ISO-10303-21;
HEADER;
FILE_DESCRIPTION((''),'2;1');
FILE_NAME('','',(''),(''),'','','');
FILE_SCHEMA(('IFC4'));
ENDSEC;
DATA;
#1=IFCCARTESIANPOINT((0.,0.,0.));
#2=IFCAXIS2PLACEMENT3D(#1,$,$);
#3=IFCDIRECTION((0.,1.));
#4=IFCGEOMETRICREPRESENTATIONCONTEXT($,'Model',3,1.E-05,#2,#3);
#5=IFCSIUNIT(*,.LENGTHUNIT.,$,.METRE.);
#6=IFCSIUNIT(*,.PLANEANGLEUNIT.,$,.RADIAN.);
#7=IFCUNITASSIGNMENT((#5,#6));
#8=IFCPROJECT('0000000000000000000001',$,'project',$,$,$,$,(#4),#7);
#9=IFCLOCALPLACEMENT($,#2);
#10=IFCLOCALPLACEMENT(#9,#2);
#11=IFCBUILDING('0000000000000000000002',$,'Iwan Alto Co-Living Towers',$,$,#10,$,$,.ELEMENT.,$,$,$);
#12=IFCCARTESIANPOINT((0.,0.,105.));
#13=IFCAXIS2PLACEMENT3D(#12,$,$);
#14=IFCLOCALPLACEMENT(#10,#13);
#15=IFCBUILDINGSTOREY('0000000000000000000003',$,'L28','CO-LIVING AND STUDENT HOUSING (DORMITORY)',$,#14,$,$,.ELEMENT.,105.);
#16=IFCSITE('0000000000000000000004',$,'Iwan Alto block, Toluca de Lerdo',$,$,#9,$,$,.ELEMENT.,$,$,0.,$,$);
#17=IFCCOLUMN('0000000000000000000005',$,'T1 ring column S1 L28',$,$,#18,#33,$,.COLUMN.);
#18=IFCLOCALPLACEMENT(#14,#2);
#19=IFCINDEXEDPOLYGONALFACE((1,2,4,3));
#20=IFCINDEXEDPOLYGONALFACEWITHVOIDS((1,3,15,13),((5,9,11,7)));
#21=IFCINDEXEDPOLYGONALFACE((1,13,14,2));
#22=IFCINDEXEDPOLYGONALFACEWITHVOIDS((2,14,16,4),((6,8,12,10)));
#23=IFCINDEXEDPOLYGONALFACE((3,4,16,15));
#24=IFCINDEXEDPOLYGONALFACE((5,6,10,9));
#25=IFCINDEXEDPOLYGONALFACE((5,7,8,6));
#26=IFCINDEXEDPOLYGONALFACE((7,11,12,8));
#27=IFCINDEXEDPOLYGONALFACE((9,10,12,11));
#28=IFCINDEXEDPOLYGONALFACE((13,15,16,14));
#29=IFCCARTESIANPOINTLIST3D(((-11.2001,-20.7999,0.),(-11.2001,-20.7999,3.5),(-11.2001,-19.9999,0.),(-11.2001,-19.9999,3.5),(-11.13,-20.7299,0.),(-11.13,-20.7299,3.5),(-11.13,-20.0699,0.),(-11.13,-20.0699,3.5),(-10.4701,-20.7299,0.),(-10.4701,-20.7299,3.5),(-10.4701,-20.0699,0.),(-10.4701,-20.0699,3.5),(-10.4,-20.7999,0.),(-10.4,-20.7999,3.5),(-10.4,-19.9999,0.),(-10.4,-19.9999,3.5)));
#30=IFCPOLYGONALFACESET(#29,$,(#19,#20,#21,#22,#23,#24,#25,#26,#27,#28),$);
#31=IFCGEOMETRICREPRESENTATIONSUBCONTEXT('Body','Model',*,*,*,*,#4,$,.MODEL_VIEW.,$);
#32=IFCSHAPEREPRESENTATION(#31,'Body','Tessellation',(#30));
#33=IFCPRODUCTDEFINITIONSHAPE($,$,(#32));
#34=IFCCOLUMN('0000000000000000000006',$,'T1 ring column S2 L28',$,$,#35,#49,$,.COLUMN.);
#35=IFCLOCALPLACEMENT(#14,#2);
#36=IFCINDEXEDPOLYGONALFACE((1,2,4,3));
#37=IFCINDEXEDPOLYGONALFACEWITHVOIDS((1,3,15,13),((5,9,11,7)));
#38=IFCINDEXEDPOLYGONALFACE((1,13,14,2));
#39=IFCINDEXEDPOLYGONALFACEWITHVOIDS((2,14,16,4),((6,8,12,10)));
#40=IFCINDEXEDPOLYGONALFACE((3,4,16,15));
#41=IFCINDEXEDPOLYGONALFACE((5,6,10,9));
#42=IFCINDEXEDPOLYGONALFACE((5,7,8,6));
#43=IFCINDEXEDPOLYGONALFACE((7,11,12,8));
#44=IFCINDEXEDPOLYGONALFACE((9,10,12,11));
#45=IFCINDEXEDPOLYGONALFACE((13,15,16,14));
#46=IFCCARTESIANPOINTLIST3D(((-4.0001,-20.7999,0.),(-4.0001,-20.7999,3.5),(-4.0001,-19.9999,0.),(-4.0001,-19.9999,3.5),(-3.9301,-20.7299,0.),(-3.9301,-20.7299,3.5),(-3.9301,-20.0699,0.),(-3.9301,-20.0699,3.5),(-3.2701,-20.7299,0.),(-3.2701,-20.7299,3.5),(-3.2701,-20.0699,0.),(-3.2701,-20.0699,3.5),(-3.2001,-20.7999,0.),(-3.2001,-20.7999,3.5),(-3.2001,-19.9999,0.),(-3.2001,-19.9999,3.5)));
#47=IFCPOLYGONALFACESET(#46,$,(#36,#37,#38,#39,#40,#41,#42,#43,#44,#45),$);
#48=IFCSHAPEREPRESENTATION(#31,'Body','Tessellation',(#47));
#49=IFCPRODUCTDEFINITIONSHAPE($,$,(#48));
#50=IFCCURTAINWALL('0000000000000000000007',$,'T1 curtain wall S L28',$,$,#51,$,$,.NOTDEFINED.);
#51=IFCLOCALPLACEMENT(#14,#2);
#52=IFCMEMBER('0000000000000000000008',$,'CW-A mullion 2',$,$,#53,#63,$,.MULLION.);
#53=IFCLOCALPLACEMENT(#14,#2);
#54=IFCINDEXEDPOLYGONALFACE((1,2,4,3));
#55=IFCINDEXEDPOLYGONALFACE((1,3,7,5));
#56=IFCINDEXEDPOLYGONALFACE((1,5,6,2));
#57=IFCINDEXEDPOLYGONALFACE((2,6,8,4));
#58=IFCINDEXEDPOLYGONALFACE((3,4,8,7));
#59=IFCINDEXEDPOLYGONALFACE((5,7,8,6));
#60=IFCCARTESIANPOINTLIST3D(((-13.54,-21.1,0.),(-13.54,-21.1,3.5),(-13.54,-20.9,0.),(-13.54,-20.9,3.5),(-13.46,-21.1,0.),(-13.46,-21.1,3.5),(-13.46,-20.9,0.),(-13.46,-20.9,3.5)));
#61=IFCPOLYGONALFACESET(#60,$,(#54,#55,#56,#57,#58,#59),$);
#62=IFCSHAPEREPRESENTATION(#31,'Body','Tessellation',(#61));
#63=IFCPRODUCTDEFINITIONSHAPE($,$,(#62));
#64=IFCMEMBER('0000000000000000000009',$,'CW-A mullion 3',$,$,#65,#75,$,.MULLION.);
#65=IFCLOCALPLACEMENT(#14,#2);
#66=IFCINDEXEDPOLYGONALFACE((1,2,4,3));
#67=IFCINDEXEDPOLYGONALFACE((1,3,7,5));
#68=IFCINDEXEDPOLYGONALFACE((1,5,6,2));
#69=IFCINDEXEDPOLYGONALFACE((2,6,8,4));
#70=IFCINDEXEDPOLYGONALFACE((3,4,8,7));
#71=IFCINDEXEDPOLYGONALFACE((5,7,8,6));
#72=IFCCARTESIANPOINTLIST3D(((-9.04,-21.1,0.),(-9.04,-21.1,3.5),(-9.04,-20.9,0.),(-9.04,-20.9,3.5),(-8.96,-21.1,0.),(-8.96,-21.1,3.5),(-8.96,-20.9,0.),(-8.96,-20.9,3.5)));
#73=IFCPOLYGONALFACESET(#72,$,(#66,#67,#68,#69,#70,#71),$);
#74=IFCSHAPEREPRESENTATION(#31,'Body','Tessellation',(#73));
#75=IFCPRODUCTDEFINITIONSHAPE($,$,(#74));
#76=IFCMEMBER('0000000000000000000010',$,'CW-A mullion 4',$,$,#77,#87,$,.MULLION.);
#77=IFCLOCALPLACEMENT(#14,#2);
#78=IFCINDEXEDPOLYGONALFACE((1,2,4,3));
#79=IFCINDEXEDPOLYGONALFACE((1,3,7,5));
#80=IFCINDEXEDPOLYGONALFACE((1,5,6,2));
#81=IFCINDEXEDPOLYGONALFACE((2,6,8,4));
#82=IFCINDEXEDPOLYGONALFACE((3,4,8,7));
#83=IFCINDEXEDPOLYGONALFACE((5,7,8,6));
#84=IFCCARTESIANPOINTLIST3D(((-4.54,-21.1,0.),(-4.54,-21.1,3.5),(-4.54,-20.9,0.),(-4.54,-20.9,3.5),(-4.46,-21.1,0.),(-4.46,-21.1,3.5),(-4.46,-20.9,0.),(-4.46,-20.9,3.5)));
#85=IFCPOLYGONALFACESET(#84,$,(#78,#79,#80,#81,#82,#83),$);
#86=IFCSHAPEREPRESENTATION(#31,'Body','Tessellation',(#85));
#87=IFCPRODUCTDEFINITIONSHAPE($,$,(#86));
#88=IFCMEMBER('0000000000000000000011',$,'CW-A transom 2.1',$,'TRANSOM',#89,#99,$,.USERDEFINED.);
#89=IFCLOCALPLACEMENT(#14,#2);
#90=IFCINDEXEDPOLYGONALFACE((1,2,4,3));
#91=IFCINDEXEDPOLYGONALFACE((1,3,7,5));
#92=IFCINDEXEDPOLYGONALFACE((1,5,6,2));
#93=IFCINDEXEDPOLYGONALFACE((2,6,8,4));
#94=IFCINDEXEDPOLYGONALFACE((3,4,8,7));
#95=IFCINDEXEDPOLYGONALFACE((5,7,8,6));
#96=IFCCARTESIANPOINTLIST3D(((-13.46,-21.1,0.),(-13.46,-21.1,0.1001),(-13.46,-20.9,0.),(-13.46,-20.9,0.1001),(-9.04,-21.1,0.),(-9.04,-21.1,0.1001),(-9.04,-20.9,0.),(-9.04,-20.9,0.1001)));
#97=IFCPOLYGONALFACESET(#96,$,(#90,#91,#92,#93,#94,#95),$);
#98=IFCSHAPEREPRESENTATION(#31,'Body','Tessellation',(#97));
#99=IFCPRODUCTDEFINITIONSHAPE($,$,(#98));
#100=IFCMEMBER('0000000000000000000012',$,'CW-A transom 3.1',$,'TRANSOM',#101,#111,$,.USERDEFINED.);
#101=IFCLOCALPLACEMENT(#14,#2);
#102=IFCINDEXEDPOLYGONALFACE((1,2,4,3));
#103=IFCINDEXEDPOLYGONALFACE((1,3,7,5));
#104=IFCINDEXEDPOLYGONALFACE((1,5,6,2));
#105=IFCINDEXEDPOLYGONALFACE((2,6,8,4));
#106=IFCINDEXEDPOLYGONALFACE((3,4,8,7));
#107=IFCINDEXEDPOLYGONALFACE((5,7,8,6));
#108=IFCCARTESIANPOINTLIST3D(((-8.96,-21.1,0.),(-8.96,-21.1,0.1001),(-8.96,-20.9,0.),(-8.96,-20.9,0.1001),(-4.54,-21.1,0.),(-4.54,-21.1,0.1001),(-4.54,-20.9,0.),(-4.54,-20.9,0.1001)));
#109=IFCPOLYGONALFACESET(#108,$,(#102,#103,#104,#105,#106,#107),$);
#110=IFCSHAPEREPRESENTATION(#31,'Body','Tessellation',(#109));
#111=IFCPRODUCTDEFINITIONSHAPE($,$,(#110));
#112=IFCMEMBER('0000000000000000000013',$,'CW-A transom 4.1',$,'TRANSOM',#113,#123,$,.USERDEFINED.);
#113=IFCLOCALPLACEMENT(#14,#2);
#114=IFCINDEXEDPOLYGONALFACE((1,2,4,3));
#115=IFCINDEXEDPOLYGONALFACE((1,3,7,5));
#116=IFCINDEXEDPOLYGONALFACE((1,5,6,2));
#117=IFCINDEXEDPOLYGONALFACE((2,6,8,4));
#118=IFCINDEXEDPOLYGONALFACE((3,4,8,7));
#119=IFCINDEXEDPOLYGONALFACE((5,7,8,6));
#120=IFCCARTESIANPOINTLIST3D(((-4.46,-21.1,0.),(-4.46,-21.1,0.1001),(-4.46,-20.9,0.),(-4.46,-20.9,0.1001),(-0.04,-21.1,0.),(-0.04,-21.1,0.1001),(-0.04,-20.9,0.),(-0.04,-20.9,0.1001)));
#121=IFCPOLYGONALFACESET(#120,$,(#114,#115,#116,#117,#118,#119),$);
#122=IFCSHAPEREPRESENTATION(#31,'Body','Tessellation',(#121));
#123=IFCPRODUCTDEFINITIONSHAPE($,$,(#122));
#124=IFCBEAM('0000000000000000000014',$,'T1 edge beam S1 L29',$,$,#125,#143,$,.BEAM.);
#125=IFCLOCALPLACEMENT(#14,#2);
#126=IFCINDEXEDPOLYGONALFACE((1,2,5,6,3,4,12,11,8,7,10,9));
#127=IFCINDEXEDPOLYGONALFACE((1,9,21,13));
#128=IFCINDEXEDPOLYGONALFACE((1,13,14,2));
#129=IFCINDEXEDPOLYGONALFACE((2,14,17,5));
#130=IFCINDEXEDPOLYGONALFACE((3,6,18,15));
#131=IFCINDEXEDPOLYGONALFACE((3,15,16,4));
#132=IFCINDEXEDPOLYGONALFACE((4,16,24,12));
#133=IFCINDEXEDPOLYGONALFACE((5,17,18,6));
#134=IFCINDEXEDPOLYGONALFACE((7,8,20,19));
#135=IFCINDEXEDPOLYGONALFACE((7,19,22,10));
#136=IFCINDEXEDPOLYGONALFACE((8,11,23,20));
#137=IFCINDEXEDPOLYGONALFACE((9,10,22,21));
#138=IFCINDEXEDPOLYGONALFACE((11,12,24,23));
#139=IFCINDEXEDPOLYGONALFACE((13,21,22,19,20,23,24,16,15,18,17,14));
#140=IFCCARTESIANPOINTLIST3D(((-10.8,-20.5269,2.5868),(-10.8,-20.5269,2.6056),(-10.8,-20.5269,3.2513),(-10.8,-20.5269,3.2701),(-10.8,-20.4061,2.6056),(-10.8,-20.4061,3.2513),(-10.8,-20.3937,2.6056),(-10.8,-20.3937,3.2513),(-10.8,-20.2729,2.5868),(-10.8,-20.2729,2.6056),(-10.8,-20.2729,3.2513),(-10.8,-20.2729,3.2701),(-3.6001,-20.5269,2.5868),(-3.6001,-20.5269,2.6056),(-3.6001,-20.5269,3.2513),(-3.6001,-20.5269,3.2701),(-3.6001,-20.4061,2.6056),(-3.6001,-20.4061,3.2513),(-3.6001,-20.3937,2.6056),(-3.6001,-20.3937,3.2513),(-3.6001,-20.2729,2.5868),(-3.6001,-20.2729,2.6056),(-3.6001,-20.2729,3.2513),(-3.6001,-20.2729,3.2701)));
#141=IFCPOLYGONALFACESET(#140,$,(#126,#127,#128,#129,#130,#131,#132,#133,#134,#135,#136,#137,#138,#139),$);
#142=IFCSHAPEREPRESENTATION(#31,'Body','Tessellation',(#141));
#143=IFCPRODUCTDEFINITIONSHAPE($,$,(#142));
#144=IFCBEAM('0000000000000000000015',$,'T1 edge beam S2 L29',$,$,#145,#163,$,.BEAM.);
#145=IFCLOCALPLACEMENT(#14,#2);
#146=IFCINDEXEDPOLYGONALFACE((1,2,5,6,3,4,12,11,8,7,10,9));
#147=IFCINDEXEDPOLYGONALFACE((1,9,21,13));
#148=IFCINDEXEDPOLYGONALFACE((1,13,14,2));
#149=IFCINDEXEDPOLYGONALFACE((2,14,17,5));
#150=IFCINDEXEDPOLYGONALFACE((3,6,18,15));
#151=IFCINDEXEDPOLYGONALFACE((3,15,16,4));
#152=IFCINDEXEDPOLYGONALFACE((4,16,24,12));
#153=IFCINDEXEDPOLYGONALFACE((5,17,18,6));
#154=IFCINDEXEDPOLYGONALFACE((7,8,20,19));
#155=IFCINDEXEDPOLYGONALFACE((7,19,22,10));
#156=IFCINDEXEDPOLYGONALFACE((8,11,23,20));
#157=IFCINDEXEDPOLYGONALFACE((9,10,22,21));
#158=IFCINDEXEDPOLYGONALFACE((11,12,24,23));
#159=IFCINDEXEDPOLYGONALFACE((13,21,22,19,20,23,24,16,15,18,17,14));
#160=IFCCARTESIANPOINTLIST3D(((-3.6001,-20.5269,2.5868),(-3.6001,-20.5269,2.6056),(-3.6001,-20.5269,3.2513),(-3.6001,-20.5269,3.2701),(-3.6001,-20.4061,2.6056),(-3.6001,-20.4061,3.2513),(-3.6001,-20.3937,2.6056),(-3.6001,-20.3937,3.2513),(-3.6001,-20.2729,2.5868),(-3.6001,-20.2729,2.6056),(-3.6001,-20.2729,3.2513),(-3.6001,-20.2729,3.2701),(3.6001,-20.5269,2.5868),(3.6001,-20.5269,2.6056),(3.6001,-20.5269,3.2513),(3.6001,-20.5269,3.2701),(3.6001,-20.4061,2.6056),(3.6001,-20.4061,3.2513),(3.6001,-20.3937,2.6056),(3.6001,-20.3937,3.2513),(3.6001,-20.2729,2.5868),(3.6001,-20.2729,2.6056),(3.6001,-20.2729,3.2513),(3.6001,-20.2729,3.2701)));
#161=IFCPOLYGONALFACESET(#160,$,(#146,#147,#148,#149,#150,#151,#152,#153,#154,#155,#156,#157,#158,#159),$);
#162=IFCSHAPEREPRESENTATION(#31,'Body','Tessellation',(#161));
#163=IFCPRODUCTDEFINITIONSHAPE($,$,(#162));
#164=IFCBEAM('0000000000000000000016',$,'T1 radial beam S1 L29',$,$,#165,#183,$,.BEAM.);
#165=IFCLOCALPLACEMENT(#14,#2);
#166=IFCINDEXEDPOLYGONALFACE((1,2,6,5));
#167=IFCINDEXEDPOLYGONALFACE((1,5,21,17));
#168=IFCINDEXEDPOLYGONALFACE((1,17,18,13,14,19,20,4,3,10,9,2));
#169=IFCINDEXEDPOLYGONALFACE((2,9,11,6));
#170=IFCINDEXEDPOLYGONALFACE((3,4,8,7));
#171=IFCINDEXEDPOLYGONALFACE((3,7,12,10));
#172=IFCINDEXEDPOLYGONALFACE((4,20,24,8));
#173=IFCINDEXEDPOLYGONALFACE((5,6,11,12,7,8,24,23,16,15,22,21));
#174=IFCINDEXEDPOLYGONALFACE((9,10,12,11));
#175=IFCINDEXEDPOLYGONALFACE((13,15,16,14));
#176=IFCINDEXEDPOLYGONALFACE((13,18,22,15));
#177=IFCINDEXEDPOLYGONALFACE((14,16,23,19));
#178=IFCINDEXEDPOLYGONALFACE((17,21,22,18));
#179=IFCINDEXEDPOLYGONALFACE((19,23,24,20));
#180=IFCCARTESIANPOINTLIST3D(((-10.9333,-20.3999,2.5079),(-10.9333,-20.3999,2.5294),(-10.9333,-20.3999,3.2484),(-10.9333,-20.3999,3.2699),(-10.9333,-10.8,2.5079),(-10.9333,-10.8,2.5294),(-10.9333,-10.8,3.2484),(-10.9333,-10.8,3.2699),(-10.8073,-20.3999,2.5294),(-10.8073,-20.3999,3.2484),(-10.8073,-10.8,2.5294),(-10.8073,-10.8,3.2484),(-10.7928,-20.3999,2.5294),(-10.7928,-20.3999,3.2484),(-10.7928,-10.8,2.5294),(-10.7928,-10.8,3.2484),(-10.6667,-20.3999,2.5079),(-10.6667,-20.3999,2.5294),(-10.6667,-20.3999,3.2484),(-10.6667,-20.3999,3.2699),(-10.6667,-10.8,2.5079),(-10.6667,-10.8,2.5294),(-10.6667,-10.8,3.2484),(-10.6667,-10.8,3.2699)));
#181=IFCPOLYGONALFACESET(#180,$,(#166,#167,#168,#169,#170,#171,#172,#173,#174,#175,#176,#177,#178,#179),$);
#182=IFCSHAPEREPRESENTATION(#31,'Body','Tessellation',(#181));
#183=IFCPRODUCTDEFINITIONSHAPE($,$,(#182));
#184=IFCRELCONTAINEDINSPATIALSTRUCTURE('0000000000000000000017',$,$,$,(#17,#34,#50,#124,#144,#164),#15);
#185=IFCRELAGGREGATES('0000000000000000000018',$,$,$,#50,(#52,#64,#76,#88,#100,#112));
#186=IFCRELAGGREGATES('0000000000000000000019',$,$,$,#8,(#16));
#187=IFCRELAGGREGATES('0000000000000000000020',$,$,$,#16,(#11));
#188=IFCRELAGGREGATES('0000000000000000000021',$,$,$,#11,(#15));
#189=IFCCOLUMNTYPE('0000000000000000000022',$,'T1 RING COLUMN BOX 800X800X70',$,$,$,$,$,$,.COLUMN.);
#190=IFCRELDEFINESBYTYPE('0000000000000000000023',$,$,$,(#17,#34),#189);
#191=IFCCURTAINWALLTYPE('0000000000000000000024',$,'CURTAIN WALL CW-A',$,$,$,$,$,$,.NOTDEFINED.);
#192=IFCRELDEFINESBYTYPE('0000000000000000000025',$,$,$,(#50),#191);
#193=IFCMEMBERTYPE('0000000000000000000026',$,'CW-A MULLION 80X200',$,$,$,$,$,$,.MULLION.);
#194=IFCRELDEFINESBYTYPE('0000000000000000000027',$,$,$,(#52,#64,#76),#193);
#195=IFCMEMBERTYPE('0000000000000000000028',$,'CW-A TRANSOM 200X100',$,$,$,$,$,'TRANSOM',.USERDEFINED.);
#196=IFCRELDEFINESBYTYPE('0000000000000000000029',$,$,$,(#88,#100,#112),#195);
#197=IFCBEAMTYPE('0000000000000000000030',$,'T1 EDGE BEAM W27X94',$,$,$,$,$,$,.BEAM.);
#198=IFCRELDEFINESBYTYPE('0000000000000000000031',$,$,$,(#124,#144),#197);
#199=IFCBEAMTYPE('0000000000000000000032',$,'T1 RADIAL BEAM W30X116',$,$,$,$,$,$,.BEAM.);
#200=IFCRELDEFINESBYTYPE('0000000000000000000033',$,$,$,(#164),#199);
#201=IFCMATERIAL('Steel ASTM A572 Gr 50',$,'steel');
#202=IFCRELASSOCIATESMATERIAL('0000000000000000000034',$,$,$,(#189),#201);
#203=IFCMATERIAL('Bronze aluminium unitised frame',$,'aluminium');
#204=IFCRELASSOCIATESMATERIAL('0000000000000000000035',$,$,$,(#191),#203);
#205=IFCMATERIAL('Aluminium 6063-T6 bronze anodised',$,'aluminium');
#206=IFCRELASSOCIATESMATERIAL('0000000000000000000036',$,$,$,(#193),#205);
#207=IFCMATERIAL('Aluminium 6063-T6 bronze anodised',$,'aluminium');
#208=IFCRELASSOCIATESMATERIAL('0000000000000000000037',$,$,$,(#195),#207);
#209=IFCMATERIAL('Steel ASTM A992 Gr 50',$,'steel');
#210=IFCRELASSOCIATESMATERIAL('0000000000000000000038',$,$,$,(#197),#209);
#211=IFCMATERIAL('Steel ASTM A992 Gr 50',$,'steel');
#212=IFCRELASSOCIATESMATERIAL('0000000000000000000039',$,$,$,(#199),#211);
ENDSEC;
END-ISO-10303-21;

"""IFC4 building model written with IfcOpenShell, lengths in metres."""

from ifc_helpers import new_model, si_unit, direction, frame, origin, origin_2d, place, context, subcontext, project, spatial, rectangle, hollow_rectangle, i_section, extrude, material, material_profile, profile_set, type_object, element, aggregate, save


model = new_model("IFC4")

# Units and contexts
model_context = context("Model", 3, precision=1e-05, world=origin(), true_north=direction((0.0, 1.0)))
body_context = subcontext(model_context, "Body", "Model", "MODEL_VIEW")
ifc_project = project(units=[si_unit("LENGTHUNIT", "METRE"), si_unit("PLANEANGLEUNIT", "RADIAN")], contexts=[model_context])

# Site, building, storey
site_placement = place(None, origin())
site = spatial("IfcSite", under=ifc_project, at=site_placement, Name="Iwan Alto block, Toluca de Lerdo", CompositionType="ELEMENT", RefElevation=0.0)
building_placement = place(site_placement, origin())
building = spatial("IfcBuilding", under=site, at=building_placement, Name="Iwan Alto Co-Living Towers", CompositionType="ELEMENT")
storey_placement = place(building_placement, frame((0.0, 0.0, 105.0)))
storey = spatial("IfcBuildingStorey", under=building, at=storey_placement, Name="L28", Description="CO-LIVING AND STUDENT HOUSING (DORMITORY)", CompositionType="ELEMENT", Elevation=105.0)

# Columns
ifc_material_1 = material(Name="Steel ASTM A572 Gr 50", Category="steel")
ifc_material_profile_1 = material_profile(ifc_material_1, hollow_rectangle(XDim=0.8, YDim=0.8, WallThickness=0.0701, at=origin_2d()), Name="BOX 800X800X70")
ifc_profile_set_1 = profile_set([ifc_material_profile_1], Name="Steel ASTM A572 Gr 50")
column_type = type_object("IfcColumnType", Name="T1 RING COLUMN BOX 800X800X70", PredefinedType="COLUMN", material=ifc_profile_set_1)
for number, where, z_axis, x_axis, name in (
    (1, (-10.8, -20.3999, 0.0), (0.0, 0.0, 1.0), (1.0, 0.0, 0.0), "T1 ring column S1 L28"),
    (2, (-3.6001, -20.3999, 0.0), (0.0, 0.0, 1.0), (1.0, 0.0, 0.0), "T1 ring column S2 L28"),
):
    element("IfcColumn", number, at=place(storey_placement, frame(where, z_axis=z_axis, x_axis=x_axis)), inside=storey, type_object=column_type, Name=name, PredefinedType="COLUMN", context=body_context, shape_type="SweptSolid", body=[
        extrude(hollow_rectangle(XDim=0.8, YDim=0.8, WallThickness=0.0701, at=origin_2d()), origin(), (0.0, 0.0, 1.0), 3.5),
    ])

# Curtain wall, members
ifc_material_2 = material(Name="Bronze aluminium unitised frame", Category="aluminium")
curtain_wall_type = type_object("IfcCurtainWallType", Name="CURTAIN WALL CW-A", PredefinedType="NOTDEFINED", material=ifc_material_2)
curtain_wall_placement = place(storey_placement, origin())
curtain_wall = element("IfcCurtainWall", 3, at=curtain_wall_placement, inside=storey, type_object=curtain_wall_type, Name="T1 curtain wall S L28", PredefinedType="NOTDEFINED")
ifc_material_3 = material(Name="Aluminium 6063-T6 bronze anodised", Category="aluminium")
ifc_material_profile_2 = material_profile(ifc_material_3, rectangle(XDim=0.2, YDim=0.0801, at=origin_2d()), Name="AL 80X200")
ifc_profile_set_2 = profile_set([ifc_material_profile_2], Name="Aluminium 6063-T6 bronze anodised")
member_type_1 = type_object("IfcMemberType", Name="CW-A MULLION 80X200", PredefinedType="MULLION", material=ifc_profile_set_2)
member_1_placement = place(storey_placement, frame((-13.5, -21.0, 0.0), z_axis=(0.0, 0.0, 1.0), x_axis=(0.0, 1.0, 0.0)))
member_1 = element("IfcMember", 4, at=member_1_placement, type_object=member_type_1, Name="CW-A mullion 2", PredefinedType="MULLION", context=body_context, shape_type="SweptSolid", body=[
    extrude(rectangle(XDim=0.2, YDim=0.0801, at=origin_2d()), origin(), (0.0, 0.0, 1.0), 3.5),
])
member_2_placement = place(storey_placement, frame((-9.0, -21.0, 0.0), z_axis=(0.0, 0.0, 1.0), x_axis=(0.0, 1.0, 0.0)))
member_2 = element("IfcMember", 5, at=member_2_placement, type_object=member_type_1, Name="CW-A mullion 3", PredefinedType="MULLION", context=body_context, shape_type="SweptSolid", body=[
    extrude(rectangle(XDim=0.2, YDim=0.0801, at=origin_2d()), origin(), (0.0, 0.0, 1.0), 3.5),
])
member_3_placement = place(storey_placement, frame((-4.5, -21.0, 0.0), z_axis=(0.0, 0.0, 1.0), x_axis=(0.0, 1.0, 0.0)))
member_3 = element("IfcMember", 6, at=member_3_placement, type_object=member_type_1, Name="CW-A mullion 4", PredefinedType="MULLION", context=body_context, shape_type="SweptSolid", body=[
    extrude(rectangle(XDim=0.2, YDim=0.0801, at=origin_2d()), origin(), (0.0, 0.0, 1.0), 3.5),
])
ifc_material_4 = material(Name="Aluminium 6063-T6 bronze anodised", Category="aluminium")
ifc_material_profile_3 = material_profile(ifc_material_4, rectangle(XDim=0.2, YDim=0.1001, at=origin_2d()), Name="AL 200X100")
ifc_profile_set_3 = profile_set([ifc_material_profile_3], Name="Aluminium 6063-T6 bronze anodised")
member_type_2 = type_object("IfcMemberType", Name="CW-A TRANSOM 200X100", ElementType="TRANSOM", PredefinedType="USERDEFINED", material=ifc_profile_set_3)
member_4_placement = place(storey_placement, frame((-13.46, -21.0, 0.05), z_axis=(1.0, 0.0, 0.0), x_axis=(0.0, 1.0, 0.0)))
member_4 = element("IfcMember", 7, at=member_4_placement, type_object=member_type_2, Name="CW-A transom 2.1", ObjectType="TRANSOM", PredefinedType="USERDEFINED", context=body_context, shape_type="SweptSolid", body=[
    extrude(rectangle(XDim=0.2, YDim=0.1001, at=origin_2d()), origin(), (0.0, 0.0, 1.0), 4.4199),
])
member_5_placement = place(storey_placement, frame((-8.96, -21.0, 0.05), z_axis=(1.0, 0.0, 0.0), x_axis=(0.0, 1.0, 0.0)))
member_5 = element("IfcMember", 8, at=member_5_placement, type_object=member_type_2, Name="CW-A transom 3.1", ObjectType="TRANSOM", PredefinedType="USERDEFINED", context=body_context, shape_type="SweptSolid", body=[
    extrude(rectangle(XDim=0.2, YDim=0.1001, at=origin_2d()), origin(), (0.0, 0.0, 1.0), 4.4199),
])
member_6_placement = place(storey_placement, frame((-4.46, -21.0, 0.05), z_axis=(1.0, 0.0, 0.0), x_axis=(0.0, 1.0, 0.0)))
member_6 = element("IfcMember", 9, at=member_6_placement, type_object=member_type_2, Name="CW-A transom 4.1", ObjectType="TRANSOM", PredefinedType="USERDEFINED", context=body_context, shape_type="SweptSolid", body=[
    extrude(rectangle(XDim=0.2, YDim=0.1001, at=origin_2d()), origin(), (0.0, 0.0, 1.0), 4.4199),
])

# Beams
ifc_material_5 = material(Name="Steel ASTM A992 Gr 50", Category="steel")
ifc_material_profile_4 = material_profile(ifc_material_5, i_section(OverallWidth=0.2539, OverallDepth=0.6833, WebThickness=0.0125, FlangeThickness=0.0188, at=origin_2d()), Name="W27X94")
ifc_profile_set_4 = profile_set([ifc_material_profile_4], Name="Steel ASTM A992 Gr 50")
beam_type_1 = type_object("IfcBeamType", Name="T1 EDGE BEAM W27X94", PredefinedType="BEAM", material=ifc_profile_set_4)
beam_1_placement = place(storey_placement, frame((-10.8, -20.3999, 2.9285), z_axis=(1.0, 0.0, 0.0), x_axis=(0.0, 1.0, 0.0)))
element("IfcBeam", 10, at=beam_1_placement, inside=storey, type_object=beam_type_1, Name="T1 edge beam S1 L29", PredefinedType="BEAM", context=body_context, shape_type="SweptSolid", body=[
    extrude(i_section(OverallWidth=0.2539, OverallDepth=0.6833, WebThickness=0.0125, FlangeThickness=0.0188, at=origin_2d()), origin(), (0.0, 0.0, 1.0), 7.2),
])
beam_2_placement = place(storey_placement, frame((-3.6001, -20.3999, 2.9285), z_axis=(1.0, 0.0, 0.0), x_axis=(0.0, 1.0, 0.0)))
element("IfcBeam", 11, at=beam_2_placement, inside=storey, type_object=beam_type_1, Name="T1 edge beam S2 L29", PredefinedType="BEAM", context=body_context, shape_type="SweptSolid", body=[
    extrude(i_section(OverallWidth=0.2539, OverallDepth=0.6833, WebThickness=0.0125, FlangeThickness=0.0188, at=origin_2d()), origin(), (0.0, 0.0, 1.0), 7.2002),
])
ifc_material_6 = material(Name="Steel ASTM A992 Gr 50", Category="steel")
ifc_material_profile_5 = material_profile(ifc_material_6, i_section(OverallWidth=0.2666, OverallDepth=0.762, WebThickness=0.0144, FlangeThickness=0.0215, at=origin_2d()), Name="W30X116")
ifc_profile_set_5 = profile_set([ifc_material_profile_5], Name="Steel ASTM A992 Gr 50")
beam_type_2 = type_object("IfcBeamType", Name="T1 RADIAL BEAM W30X116", PredefinedType="BEAM", material=ifc_profile_set_5)
beam_3_placement = place(storey_placement, frame((-10.8, -20.3999, 2.8889), z_axis=(0.0, 1.0, 0.0), x_axis=(-1.0, 0.0, 0.0)))
element("IfcBeam", 12, at=beam_3_placement, inside=storey, type_object=beam_type_2, Name="T1 radial beam S1 L29", PredefinedType="BEAM", context=body_context, shape_type="SweptSolid", body=[
    extrude(i_section(OverallWidth=0.2666, OverallDepth=0.762, WebThickness=0.0144, FlangeThickness=0.0215, at=origin_2d()), origin(), (0.0, 0.0, 1.0), 9.5999),
])

aggregate(curtain_wall, [member_1, member_2, member_3, member_4, member_5, member_6])

save(model, "model.ifc")
